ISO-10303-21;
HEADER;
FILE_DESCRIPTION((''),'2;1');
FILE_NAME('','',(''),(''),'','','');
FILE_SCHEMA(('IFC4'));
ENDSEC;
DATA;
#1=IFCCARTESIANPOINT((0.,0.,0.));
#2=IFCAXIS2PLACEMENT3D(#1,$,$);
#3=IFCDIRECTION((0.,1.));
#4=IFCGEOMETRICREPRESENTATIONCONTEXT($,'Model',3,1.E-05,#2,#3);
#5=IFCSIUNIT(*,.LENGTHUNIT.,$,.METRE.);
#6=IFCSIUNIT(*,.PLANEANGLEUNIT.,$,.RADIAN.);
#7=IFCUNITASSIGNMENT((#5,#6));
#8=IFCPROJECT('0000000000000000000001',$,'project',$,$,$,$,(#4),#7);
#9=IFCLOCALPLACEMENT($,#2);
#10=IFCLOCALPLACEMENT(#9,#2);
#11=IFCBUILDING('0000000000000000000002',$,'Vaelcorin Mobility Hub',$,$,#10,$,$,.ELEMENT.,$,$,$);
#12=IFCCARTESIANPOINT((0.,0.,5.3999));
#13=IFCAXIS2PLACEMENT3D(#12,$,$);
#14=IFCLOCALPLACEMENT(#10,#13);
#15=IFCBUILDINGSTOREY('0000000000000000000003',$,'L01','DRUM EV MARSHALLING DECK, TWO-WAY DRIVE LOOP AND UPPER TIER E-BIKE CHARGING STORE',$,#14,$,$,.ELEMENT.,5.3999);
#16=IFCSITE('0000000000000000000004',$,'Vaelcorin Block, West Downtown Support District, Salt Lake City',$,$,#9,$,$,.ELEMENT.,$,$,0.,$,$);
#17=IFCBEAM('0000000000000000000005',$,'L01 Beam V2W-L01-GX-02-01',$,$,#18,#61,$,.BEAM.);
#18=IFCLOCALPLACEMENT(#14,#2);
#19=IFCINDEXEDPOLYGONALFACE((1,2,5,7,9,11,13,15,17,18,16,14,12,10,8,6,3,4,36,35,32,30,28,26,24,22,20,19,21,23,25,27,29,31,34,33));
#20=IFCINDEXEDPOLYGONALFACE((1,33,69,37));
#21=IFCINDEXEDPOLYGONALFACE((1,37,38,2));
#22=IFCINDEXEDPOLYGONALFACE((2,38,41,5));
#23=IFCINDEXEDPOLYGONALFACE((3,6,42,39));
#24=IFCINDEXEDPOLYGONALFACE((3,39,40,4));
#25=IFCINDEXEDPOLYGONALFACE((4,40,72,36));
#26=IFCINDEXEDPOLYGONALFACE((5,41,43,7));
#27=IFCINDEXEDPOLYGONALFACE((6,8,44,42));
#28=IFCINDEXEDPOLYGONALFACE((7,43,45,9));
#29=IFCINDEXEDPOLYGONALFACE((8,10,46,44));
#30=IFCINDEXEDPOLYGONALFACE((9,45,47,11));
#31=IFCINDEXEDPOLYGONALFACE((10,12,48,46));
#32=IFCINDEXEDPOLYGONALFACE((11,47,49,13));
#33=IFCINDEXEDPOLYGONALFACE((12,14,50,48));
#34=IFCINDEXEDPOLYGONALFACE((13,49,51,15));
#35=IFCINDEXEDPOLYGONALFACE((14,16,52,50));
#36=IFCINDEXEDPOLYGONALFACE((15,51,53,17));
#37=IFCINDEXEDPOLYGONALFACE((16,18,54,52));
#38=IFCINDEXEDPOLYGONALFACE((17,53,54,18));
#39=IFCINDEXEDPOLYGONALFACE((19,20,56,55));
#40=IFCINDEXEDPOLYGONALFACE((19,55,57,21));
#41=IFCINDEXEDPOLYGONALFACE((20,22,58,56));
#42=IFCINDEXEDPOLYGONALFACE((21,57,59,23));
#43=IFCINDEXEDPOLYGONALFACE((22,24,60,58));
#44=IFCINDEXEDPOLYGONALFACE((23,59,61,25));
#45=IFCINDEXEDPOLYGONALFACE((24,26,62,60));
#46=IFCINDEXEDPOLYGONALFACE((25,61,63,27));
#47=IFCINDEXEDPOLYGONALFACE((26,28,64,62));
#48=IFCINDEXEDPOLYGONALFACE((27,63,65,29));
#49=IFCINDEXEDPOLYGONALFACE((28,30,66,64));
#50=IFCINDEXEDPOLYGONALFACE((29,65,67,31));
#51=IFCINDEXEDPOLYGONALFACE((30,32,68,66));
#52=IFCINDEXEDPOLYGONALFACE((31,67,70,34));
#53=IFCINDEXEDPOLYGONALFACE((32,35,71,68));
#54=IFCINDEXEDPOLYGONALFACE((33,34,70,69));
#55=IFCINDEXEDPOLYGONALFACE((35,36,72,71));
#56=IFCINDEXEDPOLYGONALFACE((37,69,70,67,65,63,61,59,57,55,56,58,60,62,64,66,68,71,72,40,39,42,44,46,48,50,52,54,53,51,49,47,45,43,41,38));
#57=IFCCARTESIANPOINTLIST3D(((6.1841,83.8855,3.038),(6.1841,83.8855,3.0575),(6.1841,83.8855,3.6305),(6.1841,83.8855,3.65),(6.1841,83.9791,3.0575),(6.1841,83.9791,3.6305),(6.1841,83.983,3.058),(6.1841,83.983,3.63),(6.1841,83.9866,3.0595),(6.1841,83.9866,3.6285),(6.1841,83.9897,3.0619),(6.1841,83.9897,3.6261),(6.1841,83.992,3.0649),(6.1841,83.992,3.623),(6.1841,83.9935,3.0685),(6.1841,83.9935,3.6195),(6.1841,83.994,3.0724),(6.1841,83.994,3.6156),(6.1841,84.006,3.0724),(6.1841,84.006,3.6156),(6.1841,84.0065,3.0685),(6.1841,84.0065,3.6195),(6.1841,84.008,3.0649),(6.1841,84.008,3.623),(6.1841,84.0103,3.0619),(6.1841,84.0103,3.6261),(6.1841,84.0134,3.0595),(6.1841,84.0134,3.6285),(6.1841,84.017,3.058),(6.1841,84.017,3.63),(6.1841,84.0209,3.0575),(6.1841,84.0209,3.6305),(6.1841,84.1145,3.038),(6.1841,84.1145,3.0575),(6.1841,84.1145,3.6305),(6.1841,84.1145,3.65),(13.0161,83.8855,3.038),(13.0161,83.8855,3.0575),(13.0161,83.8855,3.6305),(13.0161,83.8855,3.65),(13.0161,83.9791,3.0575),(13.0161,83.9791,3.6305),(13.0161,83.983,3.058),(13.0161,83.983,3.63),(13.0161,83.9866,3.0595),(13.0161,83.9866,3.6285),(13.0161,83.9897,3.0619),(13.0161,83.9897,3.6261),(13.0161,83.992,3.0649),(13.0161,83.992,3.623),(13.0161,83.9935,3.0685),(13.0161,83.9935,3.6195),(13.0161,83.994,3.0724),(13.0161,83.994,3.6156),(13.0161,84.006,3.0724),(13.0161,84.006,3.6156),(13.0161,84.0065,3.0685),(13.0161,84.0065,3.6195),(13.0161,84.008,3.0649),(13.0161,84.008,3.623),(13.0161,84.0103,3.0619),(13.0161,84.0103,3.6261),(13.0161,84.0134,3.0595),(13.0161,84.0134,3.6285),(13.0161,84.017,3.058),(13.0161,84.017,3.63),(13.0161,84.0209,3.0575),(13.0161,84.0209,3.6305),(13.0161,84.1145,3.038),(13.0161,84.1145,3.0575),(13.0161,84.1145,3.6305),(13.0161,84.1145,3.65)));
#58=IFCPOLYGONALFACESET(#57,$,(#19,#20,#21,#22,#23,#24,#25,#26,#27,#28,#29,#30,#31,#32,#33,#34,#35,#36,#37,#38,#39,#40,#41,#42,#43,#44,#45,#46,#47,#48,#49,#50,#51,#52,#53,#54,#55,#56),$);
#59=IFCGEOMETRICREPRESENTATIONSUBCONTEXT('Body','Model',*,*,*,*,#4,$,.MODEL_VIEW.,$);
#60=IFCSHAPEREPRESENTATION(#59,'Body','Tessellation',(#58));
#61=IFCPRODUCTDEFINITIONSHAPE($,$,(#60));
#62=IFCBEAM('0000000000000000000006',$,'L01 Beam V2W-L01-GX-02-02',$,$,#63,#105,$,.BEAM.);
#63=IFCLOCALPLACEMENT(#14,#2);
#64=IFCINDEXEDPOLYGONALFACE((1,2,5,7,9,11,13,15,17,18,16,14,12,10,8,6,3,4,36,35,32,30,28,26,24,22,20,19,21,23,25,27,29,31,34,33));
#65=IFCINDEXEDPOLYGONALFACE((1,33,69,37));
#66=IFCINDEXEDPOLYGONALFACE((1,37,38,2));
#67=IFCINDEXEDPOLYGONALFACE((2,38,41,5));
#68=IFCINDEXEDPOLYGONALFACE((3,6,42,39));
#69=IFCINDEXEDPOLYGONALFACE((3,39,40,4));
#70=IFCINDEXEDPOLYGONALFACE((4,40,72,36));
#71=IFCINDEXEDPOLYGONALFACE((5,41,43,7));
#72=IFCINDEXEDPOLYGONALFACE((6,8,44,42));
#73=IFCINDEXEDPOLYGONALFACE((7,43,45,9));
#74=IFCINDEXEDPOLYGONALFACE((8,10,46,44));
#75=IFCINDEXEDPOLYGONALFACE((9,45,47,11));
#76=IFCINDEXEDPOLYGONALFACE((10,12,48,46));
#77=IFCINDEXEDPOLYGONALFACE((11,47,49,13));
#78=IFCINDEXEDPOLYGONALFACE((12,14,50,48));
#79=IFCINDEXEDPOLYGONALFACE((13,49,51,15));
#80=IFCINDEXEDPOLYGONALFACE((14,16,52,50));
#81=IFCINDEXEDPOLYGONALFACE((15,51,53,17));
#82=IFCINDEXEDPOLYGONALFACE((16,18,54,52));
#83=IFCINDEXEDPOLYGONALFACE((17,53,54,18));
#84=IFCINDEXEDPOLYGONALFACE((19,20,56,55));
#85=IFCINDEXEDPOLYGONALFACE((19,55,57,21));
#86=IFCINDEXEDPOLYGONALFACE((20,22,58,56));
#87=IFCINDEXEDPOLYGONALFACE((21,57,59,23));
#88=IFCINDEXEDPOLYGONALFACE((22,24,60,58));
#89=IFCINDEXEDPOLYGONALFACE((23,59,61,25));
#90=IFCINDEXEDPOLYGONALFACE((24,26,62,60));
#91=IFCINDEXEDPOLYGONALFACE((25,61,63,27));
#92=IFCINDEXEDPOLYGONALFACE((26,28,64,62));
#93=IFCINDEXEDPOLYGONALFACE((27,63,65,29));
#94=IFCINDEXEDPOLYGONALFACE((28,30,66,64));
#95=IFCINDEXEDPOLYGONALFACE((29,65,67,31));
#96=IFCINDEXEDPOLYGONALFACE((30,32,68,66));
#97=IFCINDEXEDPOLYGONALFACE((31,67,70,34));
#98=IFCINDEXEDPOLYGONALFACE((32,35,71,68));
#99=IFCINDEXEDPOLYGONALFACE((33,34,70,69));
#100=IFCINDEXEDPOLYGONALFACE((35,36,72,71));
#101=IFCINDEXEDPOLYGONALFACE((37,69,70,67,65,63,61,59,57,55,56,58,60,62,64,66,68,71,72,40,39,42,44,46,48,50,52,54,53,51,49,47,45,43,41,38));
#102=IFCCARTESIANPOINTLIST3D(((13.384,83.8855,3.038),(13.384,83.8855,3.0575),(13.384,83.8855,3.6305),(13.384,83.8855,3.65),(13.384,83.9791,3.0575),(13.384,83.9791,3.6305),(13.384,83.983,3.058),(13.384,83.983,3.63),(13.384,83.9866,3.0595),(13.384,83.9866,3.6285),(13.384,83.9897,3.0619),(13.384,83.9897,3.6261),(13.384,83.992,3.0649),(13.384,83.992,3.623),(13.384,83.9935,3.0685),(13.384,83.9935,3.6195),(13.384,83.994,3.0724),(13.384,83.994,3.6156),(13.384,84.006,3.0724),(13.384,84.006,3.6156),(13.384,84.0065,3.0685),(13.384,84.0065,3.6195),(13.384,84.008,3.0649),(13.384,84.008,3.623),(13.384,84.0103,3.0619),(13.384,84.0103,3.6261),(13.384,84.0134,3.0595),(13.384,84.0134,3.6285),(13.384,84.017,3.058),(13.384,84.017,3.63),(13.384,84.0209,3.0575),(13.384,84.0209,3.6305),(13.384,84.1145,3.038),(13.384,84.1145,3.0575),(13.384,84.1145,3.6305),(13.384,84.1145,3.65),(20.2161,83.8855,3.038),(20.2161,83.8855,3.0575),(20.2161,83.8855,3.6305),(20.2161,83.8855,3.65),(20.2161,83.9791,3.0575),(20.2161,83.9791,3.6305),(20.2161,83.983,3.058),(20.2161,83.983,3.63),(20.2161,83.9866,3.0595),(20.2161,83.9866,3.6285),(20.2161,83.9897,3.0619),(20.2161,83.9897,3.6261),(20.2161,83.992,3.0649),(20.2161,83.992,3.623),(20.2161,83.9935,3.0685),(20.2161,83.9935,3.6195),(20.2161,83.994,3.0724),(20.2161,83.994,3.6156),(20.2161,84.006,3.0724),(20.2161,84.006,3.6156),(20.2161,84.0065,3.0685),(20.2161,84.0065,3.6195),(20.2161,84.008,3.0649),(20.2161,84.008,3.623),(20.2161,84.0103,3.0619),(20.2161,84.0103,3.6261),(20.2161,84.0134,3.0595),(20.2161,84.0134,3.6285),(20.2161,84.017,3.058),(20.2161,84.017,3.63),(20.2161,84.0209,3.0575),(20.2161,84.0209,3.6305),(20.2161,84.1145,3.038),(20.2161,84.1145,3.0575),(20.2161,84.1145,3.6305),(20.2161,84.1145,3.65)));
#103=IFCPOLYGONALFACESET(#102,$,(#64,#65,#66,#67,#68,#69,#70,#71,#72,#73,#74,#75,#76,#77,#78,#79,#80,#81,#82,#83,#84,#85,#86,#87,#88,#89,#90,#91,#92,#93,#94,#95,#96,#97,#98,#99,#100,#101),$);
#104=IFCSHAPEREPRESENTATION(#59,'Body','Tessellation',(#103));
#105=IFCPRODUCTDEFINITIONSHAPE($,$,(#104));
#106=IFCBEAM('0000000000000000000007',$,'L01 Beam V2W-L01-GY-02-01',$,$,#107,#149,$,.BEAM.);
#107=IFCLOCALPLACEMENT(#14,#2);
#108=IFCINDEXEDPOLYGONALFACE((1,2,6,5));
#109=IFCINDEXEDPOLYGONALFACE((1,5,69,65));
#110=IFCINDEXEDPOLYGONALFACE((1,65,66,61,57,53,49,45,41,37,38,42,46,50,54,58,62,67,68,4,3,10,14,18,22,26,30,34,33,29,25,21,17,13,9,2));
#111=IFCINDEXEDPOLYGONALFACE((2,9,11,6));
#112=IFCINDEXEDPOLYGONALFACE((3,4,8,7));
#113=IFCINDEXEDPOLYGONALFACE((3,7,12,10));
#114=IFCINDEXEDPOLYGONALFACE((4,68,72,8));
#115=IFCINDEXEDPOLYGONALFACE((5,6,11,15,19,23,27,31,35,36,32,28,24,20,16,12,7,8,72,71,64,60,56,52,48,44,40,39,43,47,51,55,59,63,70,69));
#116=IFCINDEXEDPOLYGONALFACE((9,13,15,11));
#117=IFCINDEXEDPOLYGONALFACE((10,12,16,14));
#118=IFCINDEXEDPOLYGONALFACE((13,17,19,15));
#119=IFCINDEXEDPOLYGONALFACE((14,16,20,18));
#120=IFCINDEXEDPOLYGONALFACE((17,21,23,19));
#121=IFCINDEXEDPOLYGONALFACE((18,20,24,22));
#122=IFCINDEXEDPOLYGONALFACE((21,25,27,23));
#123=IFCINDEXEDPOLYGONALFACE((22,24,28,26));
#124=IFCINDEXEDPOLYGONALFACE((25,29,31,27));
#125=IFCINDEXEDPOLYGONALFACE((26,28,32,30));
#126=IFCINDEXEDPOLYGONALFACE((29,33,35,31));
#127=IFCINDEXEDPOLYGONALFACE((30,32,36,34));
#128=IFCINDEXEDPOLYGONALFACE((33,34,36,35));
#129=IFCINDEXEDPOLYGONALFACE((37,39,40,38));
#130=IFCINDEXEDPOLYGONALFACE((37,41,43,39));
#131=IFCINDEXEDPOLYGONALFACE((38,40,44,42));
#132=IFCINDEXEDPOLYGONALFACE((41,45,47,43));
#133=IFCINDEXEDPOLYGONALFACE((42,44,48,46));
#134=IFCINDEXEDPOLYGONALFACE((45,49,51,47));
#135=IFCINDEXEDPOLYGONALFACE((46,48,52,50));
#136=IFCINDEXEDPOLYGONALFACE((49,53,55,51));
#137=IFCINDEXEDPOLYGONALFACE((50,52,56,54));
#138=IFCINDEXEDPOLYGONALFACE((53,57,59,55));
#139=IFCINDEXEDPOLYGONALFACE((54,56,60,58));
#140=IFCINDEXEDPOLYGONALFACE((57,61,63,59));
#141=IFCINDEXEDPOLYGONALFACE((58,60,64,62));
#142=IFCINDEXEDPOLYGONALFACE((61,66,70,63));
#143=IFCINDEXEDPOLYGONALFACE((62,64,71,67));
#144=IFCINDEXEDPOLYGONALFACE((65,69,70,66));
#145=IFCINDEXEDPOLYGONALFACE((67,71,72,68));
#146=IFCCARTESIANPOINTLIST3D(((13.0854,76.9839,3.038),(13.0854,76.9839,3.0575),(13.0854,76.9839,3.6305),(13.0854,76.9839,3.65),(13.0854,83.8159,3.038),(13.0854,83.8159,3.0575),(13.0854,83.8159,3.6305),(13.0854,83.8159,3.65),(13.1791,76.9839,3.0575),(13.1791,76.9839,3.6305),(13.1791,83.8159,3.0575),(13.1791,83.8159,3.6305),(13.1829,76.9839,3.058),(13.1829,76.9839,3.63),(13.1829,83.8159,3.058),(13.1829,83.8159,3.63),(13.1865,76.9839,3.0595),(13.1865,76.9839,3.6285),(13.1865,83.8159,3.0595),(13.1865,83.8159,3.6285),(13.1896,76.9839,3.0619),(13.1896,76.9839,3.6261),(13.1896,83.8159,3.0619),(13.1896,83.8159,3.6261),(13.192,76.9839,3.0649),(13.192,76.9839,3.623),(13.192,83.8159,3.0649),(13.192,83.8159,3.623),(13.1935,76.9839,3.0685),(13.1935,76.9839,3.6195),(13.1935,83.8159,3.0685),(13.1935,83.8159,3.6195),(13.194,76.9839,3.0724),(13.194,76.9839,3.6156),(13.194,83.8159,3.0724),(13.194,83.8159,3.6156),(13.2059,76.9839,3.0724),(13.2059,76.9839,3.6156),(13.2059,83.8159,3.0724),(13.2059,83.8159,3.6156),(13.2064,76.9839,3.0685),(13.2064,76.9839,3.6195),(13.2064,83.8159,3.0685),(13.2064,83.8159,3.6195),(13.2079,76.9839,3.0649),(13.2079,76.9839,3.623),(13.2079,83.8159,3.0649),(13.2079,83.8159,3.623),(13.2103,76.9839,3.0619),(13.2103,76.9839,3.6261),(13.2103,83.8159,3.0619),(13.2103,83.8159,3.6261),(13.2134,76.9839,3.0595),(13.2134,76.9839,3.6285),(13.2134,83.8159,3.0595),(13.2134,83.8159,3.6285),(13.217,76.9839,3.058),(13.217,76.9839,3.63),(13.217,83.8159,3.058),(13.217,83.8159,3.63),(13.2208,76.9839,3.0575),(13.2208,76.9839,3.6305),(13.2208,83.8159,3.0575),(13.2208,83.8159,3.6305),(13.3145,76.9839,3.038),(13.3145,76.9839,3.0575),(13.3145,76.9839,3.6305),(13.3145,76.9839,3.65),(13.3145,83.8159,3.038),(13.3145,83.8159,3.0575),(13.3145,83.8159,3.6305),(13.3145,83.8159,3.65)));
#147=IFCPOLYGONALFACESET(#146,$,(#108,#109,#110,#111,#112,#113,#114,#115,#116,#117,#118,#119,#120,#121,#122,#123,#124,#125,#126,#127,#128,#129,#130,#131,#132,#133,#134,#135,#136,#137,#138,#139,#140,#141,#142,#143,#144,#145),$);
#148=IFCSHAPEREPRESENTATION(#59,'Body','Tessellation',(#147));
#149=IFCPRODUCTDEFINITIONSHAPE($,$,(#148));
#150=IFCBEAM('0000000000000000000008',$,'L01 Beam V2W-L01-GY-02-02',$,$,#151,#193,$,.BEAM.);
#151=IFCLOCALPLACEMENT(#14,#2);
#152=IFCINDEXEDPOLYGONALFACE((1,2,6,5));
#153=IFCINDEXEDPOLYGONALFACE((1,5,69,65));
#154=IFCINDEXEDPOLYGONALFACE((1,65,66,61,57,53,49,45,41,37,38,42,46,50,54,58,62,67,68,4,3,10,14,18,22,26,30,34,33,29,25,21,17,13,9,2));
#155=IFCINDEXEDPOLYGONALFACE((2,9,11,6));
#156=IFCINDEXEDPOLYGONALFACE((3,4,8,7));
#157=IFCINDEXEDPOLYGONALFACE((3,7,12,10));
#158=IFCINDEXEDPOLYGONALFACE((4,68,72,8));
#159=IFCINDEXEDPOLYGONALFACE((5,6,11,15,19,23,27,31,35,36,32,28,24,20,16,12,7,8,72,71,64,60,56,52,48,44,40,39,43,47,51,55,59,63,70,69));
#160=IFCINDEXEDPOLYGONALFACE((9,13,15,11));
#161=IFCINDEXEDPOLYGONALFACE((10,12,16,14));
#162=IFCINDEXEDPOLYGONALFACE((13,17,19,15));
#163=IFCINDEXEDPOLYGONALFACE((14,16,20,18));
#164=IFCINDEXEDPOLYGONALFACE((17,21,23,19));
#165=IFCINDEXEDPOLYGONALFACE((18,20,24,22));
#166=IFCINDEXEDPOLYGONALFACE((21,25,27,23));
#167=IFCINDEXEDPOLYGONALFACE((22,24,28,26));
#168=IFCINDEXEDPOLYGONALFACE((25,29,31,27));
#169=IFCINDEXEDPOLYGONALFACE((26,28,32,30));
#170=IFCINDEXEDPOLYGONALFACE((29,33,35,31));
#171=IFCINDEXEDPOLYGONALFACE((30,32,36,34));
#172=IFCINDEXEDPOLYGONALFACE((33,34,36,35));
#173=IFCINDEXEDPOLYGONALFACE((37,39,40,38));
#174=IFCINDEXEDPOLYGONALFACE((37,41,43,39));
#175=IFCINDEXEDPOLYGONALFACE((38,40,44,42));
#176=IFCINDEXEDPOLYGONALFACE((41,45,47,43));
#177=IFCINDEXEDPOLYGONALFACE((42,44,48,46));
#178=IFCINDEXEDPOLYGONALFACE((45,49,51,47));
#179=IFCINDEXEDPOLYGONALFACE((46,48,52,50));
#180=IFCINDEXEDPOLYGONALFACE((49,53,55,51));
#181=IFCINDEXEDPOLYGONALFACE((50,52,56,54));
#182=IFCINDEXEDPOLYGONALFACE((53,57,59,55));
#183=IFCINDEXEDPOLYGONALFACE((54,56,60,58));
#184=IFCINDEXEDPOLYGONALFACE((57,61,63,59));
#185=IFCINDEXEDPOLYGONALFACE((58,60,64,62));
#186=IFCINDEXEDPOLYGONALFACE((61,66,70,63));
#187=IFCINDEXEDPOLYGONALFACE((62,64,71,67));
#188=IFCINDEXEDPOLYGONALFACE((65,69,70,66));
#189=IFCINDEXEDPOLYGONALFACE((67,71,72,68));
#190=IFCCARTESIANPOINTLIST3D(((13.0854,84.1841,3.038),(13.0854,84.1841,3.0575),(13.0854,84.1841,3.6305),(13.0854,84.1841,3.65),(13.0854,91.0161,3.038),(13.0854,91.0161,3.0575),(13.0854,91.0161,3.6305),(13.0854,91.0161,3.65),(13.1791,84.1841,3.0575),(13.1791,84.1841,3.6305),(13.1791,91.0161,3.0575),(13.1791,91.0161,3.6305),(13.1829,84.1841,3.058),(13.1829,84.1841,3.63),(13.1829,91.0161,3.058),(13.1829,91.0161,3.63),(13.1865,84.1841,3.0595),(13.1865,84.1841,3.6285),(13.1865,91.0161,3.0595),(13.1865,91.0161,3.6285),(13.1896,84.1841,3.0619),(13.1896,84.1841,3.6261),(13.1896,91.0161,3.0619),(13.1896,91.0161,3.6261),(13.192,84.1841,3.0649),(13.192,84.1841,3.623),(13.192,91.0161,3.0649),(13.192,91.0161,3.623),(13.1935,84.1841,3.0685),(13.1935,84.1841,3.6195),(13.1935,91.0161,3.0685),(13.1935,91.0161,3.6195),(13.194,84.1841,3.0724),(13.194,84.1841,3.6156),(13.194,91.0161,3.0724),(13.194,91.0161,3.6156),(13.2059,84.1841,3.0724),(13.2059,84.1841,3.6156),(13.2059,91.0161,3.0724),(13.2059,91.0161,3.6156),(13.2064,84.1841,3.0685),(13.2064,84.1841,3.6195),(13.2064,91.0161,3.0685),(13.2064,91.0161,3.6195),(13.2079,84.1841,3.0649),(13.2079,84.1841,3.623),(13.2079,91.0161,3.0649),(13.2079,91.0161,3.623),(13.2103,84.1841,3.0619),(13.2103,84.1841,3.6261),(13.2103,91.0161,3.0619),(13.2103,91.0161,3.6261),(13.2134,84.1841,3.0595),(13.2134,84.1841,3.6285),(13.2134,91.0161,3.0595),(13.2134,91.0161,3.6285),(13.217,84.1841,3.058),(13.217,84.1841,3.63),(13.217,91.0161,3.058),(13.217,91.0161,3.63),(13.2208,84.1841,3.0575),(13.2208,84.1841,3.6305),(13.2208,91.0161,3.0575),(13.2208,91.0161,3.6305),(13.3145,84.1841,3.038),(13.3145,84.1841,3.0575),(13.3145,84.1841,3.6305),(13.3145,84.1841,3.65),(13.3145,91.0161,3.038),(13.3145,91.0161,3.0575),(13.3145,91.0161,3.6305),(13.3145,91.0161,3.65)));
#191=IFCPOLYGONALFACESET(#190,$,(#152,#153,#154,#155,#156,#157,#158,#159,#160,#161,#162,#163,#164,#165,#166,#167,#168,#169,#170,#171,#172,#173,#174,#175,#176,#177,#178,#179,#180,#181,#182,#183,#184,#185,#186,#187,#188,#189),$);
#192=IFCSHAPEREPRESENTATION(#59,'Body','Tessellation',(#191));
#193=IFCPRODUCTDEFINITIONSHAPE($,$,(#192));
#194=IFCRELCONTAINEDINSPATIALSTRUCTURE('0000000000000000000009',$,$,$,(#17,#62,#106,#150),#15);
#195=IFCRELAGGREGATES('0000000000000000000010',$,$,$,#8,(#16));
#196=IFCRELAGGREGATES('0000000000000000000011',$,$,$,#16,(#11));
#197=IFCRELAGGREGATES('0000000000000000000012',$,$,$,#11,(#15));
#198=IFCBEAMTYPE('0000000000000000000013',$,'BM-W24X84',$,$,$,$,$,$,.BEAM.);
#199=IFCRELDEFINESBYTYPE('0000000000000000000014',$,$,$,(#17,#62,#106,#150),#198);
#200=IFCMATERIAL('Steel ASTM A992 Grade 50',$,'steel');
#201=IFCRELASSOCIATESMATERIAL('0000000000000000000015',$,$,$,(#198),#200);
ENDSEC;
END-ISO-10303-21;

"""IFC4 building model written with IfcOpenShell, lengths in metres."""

from ifc_helpers import new_model, si_unit, direction, frame, origin, origin_2d, place, context, subcontext, project, spatial, i_section, extrude, material, material_profile, profile_set, type_object, element, save


model = new_model("IFC4")

# Units and contexts
model_context = context("Model", 3, precision=1e-05, world=origin(), true_north=direction((0.0, 1.0)))
body_context = subcontext(model_context, "Body", "Model", "MODEL_VIEW")
ifc_project = project(units=[si_unit("LENGTHUNIT", "METRE"), si_unit("PLANEANGLEUNIT", "RADIAN")], contexts=[model_context])

# Site, building, storey
site_placement = place(None, origin())
site = spatial("IfcSite", under=ifc_project, at=site_placement, Name="Vaelcorin Block, West Downtown Support District, Salt Lake City", CompositionType="ELEMENT", RefElevation=0.0)
building_placement = place(site_placement, origin())
building = spatial("IfcBuilding", under=site, at=building_placement, Name="Vaelcorin Mobility Hub", CompositionType="ELEMENT")
storey_placement = place(building_placement, frame((0.0, 0.0, 5.3999)))
storey = spatial("IfcBuildingStorey", under=building, at=storey_placement, Name="L01", Description="DRUM EV MARSHALLING DECK, TWO-WAY DRIVE LOOP AND UPPER TIER E-BIKE CHARGING STORE", CompositionType="ELEMENT", Elevation=5.3999)

# Shared definitions
ifc_material_1 = material(Name="Steel ASTM A992 Grade 50", Category="steel")

# Beams
ifc_material_profile_1 = material_profile(ifc_material_1, i_section(OverallWidth=0.229, OverallDepth=0.6121, WebThickness=0.012, FlangeThickness=0.0195, FilletRadius=0.0149, at=origin_2d()), Name="W24X84")
ifc_profile_set_1 = profile_set([ifc_material_profile_1], Name="Steel ASTM A992 Grade 50")
beam_type_1 = type_object("IfcBeamType", Name="BM-W24X84", PredefinedType="BEAM", material=ifc_profile_set_1)
for number, where, z_axis, x_axis, name in (
    (1, (6.1841, 84.0, 3.344), (1.0, 0.0, 0.0), (0.0, 1.0, 0.0), "L01 Beam V2W-L01-GX-02-01"),
    (2, (13.384, 84.0, 3.344), (1.0, 0.0, 0.0), (0.0, 1.0, 0.0), "L01 Beam V2W-L01-GX-02-02"),
    (3, (13.2, 76.9839, 3.344), (0.0, 1.0, 0.0), (-1.0, 0.0, 0.0), "L01 Beam V2W-L01-GY-02-01"),
    (4, (13.2, 84.1841, 3.344), (0.0, 1.0, 0.0), (-1.0, 0.0, 0.0), "L01 Beam V2W-L01-GY-02-02"),
):
    element("IfcBeam", number, at=place(storey_placement, frame(where, z_axis=z_axis, x_axis=x_axis)), inside=storey, type_object=beam_type_1, Name=name, PredefinedType="BEAM", context=body_context, shape_type="SweptSolid", body=[
        extrude(i_section(OverallWidth=0.229, OverallDepth=0.6121, WebThickness=0.012, FlangeThickness=0.0195, FilletRadius=0.0149, at=origin_2d()), origin(), (0.0, 0.0, 1.0), 6.832),
    ])

save(model, "model.ifc")
